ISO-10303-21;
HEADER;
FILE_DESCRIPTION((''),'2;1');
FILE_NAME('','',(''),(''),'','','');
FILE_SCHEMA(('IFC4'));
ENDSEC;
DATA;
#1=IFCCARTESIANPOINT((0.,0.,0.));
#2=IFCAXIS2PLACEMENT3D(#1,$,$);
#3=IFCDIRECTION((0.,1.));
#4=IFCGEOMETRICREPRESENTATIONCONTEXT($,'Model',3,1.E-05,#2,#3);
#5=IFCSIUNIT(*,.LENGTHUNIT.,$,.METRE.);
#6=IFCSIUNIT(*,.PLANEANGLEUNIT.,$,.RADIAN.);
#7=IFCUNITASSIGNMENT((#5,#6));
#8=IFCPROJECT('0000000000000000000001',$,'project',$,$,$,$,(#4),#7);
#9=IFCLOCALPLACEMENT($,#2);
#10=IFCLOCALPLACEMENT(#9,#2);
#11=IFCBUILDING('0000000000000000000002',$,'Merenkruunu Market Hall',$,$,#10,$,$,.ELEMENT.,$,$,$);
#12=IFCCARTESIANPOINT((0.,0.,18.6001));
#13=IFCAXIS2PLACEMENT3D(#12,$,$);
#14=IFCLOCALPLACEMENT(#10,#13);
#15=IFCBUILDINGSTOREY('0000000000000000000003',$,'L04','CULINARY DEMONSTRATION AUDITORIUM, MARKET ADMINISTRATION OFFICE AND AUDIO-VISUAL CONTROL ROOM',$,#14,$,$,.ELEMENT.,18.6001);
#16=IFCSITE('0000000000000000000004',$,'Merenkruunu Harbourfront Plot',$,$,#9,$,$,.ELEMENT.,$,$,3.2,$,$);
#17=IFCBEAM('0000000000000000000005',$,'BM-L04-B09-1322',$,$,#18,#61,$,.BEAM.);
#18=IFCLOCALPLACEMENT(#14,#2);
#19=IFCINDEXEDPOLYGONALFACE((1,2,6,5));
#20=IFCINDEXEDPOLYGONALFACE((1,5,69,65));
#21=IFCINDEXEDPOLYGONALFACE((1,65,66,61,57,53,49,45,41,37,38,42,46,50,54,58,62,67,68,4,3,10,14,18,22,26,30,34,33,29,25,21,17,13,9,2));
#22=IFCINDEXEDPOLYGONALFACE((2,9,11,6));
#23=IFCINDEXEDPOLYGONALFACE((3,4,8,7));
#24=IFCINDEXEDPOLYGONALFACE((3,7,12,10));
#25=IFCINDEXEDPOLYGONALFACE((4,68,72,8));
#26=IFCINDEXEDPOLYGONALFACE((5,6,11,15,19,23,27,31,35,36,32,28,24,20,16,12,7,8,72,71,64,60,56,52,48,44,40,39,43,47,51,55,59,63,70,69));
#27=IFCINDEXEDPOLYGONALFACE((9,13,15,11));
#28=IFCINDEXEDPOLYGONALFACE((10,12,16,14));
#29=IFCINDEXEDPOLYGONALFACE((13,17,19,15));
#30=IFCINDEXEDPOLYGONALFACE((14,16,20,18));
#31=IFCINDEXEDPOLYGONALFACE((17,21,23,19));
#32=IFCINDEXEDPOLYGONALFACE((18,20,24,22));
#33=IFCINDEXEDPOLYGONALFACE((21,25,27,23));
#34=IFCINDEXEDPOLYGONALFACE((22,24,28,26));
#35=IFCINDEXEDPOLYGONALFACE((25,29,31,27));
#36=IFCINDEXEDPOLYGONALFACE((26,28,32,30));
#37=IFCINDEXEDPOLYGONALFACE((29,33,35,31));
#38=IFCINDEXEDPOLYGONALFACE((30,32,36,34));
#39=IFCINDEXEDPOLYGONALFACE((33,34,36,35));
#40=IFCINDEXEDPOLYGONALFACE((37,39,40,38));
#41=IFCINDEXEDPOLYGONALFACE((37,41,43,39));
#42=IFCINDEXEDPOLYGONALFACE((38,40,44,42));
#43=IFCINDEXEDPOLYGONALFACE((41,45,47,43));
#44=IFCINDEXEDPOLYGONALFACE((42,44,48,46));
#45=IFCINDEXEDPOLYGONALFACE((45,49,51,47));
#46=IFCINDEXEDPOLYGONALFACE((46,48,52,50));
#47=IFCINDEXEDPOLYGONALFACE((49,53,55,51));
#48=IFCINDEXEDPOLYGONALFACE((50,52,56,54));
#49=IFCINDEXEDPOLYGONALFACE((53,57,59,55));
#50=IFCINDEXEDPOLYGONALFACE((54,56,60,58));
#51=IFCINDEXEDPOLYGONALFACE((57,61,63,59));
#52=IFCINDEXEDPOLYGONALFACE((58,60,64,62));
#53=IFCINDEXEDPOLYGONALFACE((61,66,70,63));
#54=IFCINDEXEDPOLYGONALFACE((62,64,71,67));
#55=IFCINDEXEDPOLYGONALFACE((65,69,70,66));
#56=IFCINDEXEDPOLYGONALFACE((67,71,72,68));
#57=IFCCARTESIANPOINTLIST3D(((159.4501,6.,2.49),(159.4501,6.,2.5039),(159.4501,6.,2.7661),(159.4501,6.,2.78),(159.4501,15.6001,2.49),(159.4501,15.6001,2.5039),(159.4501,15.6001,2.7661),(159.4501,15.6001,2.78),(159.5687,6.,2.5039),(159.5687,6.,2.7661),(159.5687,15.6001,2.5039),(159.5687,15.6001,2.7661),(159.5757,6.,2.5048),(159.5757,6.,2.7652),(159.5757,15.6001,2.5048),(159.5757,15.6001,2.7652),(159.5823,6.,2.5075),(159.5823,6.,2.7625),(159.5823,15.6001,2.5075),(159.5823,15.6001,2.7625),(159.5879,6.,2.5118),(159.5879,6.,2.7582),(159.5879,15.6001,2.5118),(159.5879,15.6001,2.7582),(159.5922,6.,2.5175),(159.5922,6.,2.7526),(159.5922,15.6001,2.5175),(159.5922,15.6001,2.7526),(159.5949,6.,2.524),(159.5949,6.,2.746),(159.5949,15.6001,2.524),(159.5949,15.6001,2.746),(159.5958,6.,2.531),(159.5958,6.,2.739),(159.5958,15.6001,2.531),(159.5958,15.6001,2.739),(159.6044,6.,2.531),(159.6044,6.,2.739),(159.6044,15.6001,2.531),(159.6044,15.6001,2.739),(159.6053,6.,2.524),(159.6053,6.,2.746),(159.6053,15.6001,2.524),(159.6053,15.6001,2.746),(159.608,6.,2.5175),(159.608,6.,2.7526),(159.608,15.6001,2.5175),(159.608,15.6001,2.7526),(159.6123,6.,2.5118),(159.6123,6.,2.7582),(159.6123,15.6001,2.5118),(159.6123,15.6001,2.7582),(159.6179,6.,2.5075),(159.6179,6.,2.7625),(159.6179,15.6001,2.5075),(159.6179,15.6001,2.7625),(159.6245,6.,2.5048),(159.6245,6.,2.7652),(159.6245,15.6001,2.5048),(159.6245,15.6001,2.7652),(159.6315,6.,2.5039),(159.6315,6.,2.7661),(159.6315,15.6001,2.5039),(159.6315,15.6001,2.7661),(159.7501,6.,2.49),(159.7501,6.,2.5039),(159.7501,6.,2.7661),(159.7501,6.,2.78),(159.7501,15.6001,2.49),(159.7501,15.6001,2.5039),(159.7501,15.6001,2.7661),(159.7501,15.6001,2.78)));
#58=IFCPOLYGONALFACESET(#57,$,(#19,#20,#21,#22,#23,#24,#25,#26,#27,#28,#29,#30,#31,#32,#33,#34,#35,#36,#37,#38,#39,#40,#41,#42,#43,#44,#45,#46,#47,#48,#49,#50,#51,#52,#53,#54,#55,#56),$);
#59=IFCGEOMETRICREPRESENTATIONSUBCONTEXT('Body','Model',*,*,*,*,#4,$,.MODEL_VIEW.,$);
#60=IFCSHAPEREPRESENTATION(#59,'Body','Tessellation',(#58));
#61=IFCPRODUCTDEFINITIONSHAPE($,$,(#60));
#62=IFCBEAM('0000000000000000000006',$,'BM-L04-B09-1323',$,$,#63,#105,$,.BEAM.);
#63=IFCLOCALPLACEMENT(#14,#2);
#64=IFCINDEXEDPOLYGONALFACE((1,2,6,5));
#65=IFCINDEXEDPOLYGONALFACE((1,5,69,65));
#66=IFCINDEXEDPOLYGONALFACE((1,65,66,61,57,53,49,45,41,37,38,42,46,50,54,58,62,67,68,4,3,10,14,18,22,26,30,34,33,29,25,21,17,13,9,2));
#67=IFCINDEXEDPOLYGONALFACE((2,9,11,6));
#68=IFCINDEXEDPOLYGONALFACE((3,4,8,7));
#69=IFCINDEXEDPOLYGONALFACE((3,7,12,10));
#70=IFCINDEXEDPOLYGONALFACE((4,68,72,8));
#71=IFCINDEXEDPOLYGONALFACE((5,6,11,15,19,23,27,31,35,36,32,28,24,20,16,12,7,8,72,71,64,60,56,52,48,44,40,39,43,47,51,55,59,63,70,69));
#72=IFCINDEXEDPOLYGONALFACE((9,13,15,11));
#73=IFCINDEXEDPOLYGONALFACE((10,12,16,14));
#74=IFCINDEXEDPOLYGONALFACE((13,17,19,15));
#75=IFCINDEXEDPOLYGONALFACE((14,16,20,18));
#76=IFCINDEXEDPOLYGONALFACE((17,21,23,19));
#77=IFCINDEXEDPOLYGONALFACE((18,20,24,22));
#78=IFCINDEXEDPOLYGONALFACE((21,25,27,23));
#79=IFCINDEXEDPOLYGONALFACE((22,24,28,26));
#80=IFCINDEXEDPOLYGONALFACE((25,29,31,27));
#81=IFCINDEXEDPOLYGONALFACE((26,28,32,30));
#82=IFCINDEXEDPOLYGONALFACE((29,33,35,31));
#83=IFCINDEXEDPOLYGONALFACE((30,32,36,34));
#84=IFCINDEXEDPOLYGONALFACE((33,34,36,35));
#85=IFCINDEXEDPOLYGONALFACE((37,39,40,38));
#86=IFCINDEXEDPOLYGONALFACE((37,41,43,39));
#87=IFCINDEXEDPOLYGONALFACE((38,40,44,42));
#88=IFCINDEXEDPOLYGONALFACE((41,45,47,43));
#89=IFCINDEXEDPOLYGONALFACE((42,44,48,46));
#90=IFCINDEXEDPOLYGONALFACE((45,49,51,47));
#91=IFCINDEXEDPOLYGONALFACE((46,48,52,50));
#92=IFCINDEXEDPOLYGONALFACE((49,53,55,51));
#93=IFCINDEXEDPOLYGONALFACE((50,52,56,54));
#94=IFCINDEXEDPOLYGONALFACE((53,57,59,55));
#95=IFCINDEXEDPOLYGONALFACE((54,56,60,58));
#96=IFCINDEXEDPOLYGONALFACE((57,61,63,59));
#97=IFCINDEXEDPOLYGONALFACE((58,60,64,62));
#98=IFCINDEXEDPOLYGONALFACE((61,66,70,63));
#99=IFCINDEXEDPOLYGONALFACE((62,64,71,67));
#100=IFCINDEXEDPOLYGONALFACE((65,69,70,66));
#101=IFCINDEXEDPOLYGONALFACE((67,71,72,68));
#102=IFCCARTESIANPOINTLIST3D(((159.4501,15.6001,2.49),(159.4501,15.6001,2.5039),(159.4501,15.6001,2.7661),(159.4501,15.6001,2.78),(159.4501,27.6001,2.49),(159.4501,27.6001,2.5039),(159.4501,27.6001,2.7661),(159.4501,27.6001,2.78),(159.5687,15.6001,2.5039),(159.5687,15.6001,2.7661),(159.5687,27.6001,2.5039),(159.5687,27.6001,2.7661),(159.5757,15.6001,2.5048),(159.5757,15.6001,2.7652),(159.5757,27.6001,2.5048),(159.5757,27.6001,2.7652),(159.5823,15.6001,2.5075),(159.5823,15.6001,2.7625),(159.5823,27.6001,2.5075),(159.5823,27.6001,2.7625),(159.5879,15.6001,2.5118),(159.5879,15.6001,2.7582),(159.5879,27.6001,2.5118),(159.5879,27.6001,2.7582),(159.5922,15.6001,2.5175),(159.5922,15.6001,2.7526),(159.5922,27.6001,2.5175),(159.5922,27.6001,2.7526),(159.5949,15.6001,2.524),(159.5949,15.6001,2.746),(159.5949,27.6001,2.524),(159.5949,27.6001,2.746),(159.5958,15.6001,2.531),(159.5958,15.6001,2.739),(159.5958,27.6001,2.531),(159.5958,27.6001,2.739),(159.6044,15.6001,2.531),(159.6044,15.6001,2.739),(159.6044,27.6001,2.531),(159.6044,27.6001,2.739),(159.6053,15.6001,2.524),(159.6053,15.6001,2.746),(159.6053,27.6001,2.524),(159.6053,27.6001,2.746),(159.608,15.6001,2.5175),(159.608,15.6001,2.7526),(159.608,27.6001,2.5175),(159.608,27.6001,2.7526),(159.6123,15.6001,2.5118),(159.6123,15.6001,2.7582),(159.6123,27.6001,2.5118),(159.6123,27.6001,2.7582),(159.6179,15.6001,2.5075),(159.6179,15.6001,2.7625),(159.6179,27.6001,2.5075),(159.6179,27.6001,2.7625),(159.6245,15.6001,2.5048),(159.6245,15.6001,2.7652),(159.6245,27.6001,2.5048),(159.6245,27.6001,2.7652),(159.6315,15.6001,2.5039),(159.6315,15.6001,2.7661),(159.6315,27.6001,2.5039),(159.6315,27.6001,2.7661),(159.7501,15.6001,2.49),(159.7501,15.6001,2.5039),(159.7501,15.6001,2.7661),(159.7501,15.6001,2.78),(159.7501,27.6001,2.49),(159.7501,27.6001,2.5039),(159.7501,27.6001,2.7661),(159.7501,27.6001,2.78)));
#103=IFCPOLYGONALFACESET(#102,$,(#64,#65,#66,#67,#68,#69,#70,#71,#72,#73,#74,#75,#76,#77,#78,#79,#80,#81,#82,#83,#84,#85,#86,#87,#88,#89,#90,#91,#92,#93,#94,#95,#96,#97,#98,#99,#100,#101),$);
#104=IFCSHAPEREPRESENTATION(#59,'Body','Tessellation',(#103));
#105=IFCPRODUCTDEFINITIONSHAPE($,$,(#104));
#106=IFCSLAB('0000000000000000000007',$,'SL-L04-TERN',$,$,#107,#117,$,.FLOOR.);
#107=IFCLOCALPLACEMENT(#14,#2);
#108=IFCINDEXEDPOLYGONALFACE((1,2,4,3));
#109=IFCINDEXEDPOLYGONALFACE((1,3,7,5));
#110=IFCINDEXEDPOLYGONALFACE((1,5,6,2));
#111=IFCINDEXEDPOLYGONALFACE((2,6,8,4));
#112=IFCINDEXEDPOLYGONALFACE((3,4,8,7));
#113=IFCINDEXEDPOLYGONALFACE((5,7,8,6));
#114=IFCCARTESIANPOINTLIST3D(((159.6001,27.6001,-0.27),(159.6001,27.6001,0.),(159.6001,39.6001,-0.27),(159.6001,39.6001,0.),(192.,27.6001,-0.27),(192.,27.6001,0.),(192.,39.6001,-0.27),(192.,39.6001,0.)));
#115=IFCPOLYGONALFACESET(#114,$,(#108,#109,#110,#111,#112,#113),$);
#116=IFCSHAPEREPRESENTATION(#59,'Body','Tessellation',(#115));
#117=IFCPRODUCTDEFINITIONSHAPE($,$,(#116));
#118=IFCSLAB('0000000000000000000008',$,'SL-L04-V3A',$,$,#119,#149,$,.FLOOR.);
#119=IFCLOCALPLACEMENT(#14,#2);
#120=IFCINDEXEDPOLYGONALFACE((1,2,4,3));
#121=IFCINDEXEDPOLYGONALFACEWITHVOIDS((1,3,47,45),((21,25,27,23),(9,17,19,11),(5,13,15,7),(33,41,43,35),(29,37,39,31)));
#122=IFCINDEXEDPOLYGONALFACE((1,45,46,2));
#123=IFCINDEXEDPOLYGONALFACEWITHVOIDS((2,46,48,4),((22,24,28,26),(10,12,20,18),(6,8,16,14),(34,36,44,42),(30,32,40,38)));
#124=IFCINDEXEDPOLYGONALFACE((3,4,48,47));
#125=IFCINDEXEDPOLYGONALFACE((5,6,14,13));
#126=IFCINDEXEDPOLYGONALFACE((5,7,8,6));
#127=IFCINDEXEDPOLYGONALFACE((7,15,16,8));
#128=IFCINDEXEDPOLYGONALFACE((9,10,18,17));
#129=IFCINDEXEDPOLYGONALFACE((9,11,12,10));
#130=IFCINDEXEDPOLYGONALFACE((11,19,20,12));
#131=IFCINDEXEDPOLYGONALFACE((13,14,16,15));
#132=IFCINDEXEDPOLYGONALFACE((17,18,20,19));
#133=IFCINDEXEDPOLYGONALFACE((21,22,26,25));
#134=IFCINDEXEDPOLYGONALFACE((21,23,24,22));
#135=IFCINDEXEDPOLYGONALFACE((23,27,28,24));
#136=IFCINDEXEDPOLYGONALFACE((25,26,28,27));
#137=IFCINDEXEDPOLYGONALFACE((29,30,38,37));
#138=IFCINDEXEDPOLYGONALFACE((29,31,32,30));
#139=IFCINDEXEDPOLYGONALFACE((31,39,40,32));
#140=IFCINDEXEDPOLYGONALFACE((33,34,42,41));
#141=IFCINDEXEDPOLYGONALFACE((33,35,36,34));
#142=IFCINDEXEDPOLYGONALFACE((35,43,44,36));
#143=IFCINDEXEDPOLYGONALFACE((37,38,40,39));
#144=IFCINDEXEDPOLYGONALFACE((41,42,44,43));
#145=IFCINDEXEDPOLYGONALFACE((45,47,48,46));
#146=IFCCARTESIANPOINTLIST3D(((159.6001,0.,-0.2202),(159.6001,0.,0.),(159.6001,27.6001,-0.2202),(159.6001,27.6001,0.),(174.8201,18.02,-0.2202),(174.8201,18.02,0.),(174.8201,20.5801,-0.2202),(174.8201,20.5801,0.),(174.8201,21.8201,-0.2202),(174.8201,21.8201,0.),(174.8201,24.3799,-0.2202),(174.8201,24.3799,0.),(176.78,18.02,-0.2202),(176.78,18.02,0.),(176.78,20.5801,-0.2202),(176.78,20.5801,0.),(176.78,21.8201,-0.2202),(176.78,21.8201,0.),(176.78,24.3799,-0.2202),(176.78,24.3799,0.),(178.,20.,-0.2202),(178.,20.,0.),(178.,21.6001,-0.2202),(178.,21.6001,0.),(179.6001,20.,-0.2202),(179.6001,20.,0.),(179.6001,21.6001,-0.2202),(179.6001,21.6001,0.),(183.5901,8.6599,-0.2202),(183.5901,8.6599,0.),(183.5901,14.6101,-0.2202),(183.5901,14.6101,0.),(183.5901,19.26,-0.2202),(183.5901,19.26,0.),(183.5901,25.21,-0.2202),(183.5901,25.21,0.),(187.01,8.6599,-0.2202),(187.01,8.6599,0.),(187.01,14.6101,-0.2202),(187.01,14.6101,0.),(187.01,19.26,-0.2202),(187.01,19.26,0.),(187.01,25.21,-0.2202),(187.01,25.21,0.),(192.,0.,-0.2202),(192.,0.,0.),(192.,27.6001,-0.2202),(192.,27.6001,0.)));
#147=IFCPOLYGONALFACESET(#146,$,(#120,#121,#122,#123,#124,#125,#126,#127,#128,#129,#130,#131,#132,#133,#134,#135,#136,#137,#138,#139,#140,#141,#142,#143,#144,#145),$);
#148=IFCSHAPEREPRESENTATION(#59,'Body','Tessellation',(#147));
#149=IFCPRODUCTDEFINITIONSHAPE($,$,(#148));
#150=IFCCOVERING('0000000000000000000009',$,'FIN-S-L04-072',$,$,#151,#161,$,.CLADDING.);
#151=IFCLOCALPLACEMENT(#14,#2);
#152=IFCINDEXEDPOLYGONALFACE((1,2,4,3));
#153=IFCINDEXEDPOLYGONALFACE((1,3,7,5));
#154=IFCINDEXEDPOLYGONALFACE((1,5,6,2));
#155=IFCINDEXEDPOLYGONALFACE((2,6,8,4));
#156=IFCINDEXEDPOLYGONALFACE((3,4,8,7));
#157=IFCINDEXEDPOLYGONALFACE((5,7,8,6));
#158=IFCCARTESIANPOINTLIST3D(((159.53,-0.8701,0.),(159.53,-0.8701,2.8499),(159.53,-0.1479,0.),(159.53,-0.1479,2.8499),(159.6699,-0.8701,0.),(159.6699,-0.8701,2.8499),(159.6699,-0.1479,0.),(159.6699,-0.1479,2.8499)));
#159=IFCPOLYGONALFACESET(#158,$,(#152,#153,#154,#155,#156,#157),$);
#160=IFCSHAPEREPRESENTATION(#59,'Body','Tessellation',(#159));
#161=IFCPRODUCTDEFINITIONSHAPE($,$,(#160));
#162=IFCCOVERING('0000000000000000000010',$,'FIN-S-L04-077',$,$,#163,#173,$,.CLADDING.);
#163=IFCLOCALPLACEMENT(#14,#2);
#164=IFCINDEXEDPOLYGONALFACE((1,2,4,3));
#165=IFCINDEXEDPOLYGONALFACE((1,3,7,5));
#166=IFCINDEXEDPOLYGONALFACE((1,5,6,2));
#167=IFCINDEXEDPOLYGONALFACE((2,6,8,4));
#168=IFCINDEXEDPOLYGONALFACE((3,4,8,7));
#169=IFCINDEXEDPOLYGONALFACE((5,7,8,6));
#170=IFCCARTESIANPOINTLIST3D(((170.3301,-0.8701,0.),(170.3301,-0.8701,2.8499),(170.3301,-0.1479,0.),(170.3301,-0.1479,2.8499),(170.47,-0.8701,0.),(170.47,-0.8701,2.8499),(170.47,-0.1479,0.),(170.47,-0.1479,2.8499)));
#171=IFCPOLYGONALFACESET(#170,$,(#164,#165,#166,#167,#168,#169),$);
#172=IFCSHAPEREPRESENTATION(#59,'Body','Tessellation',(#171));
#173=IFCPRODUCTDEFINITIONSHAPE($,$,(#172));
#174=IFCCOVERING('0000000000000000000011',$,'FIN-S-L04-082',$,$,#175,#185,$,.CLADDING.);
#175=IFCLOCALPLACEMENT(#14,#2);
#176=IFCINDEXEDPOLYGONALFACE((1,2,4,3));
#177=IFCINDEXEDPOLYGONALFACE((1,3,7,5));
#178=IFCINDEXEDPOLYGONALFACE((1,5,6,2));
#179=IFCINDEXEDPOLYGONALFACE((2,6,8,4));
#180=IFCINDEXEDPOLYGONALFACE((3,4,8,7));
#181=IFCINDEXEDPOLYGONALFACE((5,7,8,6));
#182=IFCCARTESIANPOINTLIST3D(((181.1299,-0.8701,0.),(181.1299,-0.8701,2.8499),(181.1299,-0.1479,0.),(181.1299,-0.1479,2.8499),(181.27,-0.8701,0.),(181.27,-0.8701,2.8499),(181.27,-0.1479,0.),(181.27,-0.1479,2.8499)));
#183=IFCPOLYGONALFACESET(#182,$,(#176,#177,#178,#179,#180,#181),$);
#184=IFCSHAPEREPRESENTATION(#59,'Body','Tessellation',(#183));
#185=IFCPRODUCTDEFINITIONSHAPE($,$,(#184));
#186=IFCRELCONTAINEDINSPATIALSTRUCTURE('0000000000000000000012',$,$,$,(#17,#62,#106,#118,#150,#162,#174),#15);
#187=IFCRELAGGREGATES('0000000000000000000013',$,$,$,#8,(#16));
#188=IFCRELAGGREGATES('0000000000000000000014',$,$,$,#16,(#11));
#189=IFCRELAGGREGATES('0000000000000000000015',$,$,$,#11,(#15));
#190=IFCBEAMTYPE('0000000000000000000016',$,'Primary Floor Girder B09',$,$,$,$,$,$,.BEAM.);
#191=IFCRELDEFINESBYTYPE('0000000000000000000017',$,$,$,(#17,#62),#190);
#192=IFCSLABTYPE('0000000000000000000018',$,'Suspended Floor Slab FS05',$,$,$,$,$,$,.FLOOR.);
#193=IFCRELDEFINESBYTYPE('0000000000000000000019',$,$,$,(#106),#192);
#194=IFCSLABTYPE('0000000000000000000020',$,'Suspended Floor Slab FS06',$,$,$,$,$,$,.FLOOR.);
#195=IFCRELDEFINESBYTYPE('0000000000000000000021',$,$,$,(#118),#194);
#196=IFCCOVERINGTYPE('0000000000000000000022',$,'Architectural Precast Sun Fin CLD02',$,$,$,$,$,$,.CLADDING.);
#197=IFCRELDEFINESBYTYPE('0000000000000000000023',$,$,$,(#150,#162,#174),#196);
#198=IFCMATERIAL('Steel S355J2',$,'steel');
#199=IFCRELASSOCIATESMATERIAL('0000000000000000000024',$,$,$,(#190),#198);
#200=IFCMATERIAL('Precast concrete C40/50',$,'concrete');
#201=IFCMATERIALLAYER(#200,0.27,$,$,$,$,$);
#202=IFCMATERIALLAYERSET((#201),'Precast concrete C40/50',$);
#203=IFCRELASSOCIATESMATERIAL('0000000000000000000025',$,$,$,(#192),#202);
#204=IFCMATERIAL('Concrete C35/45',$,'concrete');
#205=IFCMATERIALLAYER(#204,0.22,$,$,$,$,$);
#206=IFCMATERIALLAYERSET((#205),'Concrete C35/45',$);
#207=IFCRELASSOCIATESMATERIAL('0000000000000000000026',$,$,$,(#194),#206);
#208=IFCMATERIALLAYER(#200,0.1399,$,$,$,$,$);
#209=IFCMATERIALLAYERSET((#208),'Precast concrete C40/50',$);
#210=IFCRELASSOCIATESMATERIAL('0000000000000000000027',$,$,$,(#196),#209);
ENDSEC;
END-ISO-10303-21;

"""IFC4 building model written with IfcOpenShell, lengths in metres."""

from ifc_helpers import new_model, si_unit, direction, frame, origin, origin_2d, place, context, subcontext, project, spatial, polyline, i_section, outline, extrude, material, layer, layer_set, material_profile, profile_set, type_object, element, save


model = new_model("IFC4")

# Units and contexts
model_context = context("Model", 3, precision=1e-05, world=origin(), true_north=direction((0.0, 1.0)))
body_context = subcontext(model_context, "Body", "Model", "MODEL_VIEW")
ifc_project = project(units=[si_unit("LENGTHUNIT", "METRE"), si_unit("PLANEANGLEUNIT", "RADIAN")], contexts=[model_context])

# Site, building, storey
site_placement = place(None, origin())
site = spatial("IfcSite", under=ifc_project, at=site_placement, Name="Merenkruunu Harbourfront Plot", CompositionType="ELEMENT", RefElevation=3.2)
building_placement = place(site_placement, origin())
building = spatial("IfcBuilding", under=site, at=building_placement, Name="Merenkruunu Market Hall", CompositionType="ELEMENT")
storey_placement = place(building_placement, frame((0.0, 0.0, 18.6001)))
storey = spatial("IfcBuildingStorey", under=building, at=storey_placement, Name="L04", Description="CULINARY DEMONSTRATION AUDITORIUM, MARKET ADMINISTRATION OFFICE AND AUDIO-VISUAL CONTROL ROOM", CompositionType="ELEMENT", Elevation=18.6001)

# Shared definitions
ifc_material_1 = material(Name="Steel S355J2", Category="steel")

# Beams
ifc_material_profile_1 = material_profile(ifc_material_1, i_section(OverallWidth=0.3, OverallDepth=0.29, WebThickness=0.0085, FlangeThickness=0.0139, FilletRadius=0.0271, at=origin_2d()), Name="HEA 300")
ifc_profile_set_1 = profile_set([ifc_material_profile_1], Name="Steel S355J2")
beam_type_1 = type_object("IfcBeamType", Name="Primary Floor Girder B09", PredefinedType="BEAM", material=ifc_profile_set_1)
beam_1_placement = place(storey_placement, frame((159.6001, 6.0, 2.635), z_axis=(0.0, 1.0, 0.0), x_axis=(-1.0, 0.0, 0.0)))
element("IfcBeam", 1, at=beam_1_placement, inside=storey, type_object=beam_type_1, Name="BM-L04-B09-1322", PredefinedType="BEAM", context=body_context, shape_type="SweptSolid", body=[
    extrude(i_section(OverallWidth=0.3, OverallDepth=0.29, WebThickness=0.0085, FlangeThickness=0.0139, FilletRadius=0.0271, at=origin_2d()), origin(), (0.0, 0.0, 1.0), 9.6001),
])
beam_2_placement = place(storey_placement, frame((159.6001, 15.6001, 2.635), z_axis=(0.0, 1.0, 0.0), x_axis=(-1.0, 0.0, 0.0)))
element("IfcBeam", 2, at=beam_2_placement, inside=storey, type_object=beam_type_1, Name="BM-L04-B09-1323", PredefinedType="BEAM", context=body_context, shape_type="SweptSolid", body=[
    extrude(i_section(OverallWidth=0.3, OverallDepth=0.29, WebThickness=0.0085, FlangeThickness=0.0139, FilletRadius=0.0271, at=origin_2d()), origin(), (0.0, 0.0, 1.0), 12.0),
])

# Slabs
ifc_material_2 = material(Name="Precast concrete C40/50", Category="concrete")
ifc_layer_1 = layer(ifc_material_2, 0.27)
ifc_layer_set_1 = layer_set([ifc_layer_1], Name="Precast concrete C40/50")
slab_type_1 = type_object("IfcSlabType", Name="Suspended Floor Slab FS05", PredefinedType="FLOOR", material=ifc_layer_set_1)
slab_1_placement = place(storey_placement, frame((0.0, 0.0, -0.27)))
element("IfcSlab", 3, at=slab_1_placement, inside=storey, type_object=slab_type_1, Name="SL-L04-TERN", PredefinedType="FLOOR", context=body_context, shape_type="SweptSolid", body=[
    extrude(outline(polyline([(159.6001, 27.6001), (192.0, 27.6001), (192.0, 39.6001), (159.6001, 39.6001), (159.6001, 27.6001)])), origin(), (0.0, 0.0, 1.0), 0.27),
])
ifc_material_3 = material(Name="Concrete C35/45", Category="concrete")
ifc_layer_2 = layer(ifc_material_3, 0.22)
ifc_layer_set_2 = layer_set([ifc_layer_2], Name="Concrete C35/45")
slab_type_2 = type_object("IfcSlabType", Name="Suspended Floor Slab FS06", PredefinedType="FLOOR", material=ifc_layer_set_2)
slab_2_placement = place(storey_placement, frame((0.0, 0.0, -0.2202)))
element("IfcSlab", 4, at=slab_2_placement, inside=storey, type_object=slab_type_2, Name="SL-L04-V3A", PredefinedType="FLOOR", context=body_context, shape_type="SweptSolid", body=[
    extrude(outline(polyline([(159.6001, 0.0), (192.0, 0.0), (192.0, 27.6001), (159.6001, 27.6001), (159.6001, 0.0)]), holes=[polyline([(183.5901, 8.6599), (187.01, 8.6599), (187.01, 14.6101), (183.5901, 14.6101), (183.5901, 8.6599)]), polyline([(183.5901, 19.26), (187.01, 19.26), (187.01, 25.21), (183.5901, 25.21), (183.5901, 19.26)]), polyline([(174.8201, 18.02), (176.78, 18.02), (176.78, 20.5801), (174.8201, 20.5801), (174.8201, 18.02)]), polyline([(174.8201, 21.8201), (176.78, 21.8201), (176.78, 24.3799), (174.8201, 24.3799), (174.8201, 21.8201)]), polyline([(178.0, 20.0), (179.6001, 20.0), (179.6001, 21.6001), (178.0, 21.6001), (178.0, 20.0)])]), origin(), (0.0, 0.0, 1.0), 0.2202),
])

# Coverings
ifc_layer_3 = layer(ifc_material_2, 0.1399)
ifc_layer_set_3 = layer_set([ifc_layer_3], Name="Precast concrete C40/50")
covering_type_1 = type_object("IfcCoveringType", Name="Architectural Precast Sun Fin CLD02", PredefinedType="CLADDING", material=ifc_layer_set_3)
covering_1_placement = place(storey_placement, origin())
element("IfcCovering", 5, at=covering_1_placement, inside=storey, type_object=covering_type_1, Name="FIN-S-L04-072", PredefinedType="CLADDING", context=body_context, shape_type="SweptSolid", body=[
    extrude(outline(polyline([(159.53, -0.8701), (159.6699, -0.8701), (159.6699, -0.1479), (159.53, -0.1479), (159.53, -0.8701)])), origin(), (0.0, 0.0, 1.0), 2.8499),
])
covering_2_placement = place(storey_placement, origin())
element("IfcCovering", 6, at=covering_2_placement, inside=storey, type_object=covering_type_1, Name="FIN-S-L04-077", PredefinedType="CLADDING", context=body_context, shape_type="SweptSolid", body=[
    extrude(outline(polyline([(170.3301, -0.8701), (170.47, -0.8701), (170.47, -0.1479), (170.3301, -0.1479), (170.3301, -0.8701)])), origin(), (0.0, 0.0, 1.0), 2.8499),
])
covering_3_placement = place(storey_placement, origin())
element("IfcCovering", 7, at=covering_3_placement, inside=storey, type_object=covering_type_1, Name="FIN-S-L04-082", PredefinedType="CLADDING", context=body_context, shape_type="SweptSolid", body=[
    extrude(outline(polyline([(181.1299, -0.8701), (181.27, -0.8701), (181.27, -0.1479), (181.1299, -0.1479), (181.1299, -0.8701)])), origin(), (0.0, 0.0, 1.0), 2.8499),
])

save(model, "model.ifc")
